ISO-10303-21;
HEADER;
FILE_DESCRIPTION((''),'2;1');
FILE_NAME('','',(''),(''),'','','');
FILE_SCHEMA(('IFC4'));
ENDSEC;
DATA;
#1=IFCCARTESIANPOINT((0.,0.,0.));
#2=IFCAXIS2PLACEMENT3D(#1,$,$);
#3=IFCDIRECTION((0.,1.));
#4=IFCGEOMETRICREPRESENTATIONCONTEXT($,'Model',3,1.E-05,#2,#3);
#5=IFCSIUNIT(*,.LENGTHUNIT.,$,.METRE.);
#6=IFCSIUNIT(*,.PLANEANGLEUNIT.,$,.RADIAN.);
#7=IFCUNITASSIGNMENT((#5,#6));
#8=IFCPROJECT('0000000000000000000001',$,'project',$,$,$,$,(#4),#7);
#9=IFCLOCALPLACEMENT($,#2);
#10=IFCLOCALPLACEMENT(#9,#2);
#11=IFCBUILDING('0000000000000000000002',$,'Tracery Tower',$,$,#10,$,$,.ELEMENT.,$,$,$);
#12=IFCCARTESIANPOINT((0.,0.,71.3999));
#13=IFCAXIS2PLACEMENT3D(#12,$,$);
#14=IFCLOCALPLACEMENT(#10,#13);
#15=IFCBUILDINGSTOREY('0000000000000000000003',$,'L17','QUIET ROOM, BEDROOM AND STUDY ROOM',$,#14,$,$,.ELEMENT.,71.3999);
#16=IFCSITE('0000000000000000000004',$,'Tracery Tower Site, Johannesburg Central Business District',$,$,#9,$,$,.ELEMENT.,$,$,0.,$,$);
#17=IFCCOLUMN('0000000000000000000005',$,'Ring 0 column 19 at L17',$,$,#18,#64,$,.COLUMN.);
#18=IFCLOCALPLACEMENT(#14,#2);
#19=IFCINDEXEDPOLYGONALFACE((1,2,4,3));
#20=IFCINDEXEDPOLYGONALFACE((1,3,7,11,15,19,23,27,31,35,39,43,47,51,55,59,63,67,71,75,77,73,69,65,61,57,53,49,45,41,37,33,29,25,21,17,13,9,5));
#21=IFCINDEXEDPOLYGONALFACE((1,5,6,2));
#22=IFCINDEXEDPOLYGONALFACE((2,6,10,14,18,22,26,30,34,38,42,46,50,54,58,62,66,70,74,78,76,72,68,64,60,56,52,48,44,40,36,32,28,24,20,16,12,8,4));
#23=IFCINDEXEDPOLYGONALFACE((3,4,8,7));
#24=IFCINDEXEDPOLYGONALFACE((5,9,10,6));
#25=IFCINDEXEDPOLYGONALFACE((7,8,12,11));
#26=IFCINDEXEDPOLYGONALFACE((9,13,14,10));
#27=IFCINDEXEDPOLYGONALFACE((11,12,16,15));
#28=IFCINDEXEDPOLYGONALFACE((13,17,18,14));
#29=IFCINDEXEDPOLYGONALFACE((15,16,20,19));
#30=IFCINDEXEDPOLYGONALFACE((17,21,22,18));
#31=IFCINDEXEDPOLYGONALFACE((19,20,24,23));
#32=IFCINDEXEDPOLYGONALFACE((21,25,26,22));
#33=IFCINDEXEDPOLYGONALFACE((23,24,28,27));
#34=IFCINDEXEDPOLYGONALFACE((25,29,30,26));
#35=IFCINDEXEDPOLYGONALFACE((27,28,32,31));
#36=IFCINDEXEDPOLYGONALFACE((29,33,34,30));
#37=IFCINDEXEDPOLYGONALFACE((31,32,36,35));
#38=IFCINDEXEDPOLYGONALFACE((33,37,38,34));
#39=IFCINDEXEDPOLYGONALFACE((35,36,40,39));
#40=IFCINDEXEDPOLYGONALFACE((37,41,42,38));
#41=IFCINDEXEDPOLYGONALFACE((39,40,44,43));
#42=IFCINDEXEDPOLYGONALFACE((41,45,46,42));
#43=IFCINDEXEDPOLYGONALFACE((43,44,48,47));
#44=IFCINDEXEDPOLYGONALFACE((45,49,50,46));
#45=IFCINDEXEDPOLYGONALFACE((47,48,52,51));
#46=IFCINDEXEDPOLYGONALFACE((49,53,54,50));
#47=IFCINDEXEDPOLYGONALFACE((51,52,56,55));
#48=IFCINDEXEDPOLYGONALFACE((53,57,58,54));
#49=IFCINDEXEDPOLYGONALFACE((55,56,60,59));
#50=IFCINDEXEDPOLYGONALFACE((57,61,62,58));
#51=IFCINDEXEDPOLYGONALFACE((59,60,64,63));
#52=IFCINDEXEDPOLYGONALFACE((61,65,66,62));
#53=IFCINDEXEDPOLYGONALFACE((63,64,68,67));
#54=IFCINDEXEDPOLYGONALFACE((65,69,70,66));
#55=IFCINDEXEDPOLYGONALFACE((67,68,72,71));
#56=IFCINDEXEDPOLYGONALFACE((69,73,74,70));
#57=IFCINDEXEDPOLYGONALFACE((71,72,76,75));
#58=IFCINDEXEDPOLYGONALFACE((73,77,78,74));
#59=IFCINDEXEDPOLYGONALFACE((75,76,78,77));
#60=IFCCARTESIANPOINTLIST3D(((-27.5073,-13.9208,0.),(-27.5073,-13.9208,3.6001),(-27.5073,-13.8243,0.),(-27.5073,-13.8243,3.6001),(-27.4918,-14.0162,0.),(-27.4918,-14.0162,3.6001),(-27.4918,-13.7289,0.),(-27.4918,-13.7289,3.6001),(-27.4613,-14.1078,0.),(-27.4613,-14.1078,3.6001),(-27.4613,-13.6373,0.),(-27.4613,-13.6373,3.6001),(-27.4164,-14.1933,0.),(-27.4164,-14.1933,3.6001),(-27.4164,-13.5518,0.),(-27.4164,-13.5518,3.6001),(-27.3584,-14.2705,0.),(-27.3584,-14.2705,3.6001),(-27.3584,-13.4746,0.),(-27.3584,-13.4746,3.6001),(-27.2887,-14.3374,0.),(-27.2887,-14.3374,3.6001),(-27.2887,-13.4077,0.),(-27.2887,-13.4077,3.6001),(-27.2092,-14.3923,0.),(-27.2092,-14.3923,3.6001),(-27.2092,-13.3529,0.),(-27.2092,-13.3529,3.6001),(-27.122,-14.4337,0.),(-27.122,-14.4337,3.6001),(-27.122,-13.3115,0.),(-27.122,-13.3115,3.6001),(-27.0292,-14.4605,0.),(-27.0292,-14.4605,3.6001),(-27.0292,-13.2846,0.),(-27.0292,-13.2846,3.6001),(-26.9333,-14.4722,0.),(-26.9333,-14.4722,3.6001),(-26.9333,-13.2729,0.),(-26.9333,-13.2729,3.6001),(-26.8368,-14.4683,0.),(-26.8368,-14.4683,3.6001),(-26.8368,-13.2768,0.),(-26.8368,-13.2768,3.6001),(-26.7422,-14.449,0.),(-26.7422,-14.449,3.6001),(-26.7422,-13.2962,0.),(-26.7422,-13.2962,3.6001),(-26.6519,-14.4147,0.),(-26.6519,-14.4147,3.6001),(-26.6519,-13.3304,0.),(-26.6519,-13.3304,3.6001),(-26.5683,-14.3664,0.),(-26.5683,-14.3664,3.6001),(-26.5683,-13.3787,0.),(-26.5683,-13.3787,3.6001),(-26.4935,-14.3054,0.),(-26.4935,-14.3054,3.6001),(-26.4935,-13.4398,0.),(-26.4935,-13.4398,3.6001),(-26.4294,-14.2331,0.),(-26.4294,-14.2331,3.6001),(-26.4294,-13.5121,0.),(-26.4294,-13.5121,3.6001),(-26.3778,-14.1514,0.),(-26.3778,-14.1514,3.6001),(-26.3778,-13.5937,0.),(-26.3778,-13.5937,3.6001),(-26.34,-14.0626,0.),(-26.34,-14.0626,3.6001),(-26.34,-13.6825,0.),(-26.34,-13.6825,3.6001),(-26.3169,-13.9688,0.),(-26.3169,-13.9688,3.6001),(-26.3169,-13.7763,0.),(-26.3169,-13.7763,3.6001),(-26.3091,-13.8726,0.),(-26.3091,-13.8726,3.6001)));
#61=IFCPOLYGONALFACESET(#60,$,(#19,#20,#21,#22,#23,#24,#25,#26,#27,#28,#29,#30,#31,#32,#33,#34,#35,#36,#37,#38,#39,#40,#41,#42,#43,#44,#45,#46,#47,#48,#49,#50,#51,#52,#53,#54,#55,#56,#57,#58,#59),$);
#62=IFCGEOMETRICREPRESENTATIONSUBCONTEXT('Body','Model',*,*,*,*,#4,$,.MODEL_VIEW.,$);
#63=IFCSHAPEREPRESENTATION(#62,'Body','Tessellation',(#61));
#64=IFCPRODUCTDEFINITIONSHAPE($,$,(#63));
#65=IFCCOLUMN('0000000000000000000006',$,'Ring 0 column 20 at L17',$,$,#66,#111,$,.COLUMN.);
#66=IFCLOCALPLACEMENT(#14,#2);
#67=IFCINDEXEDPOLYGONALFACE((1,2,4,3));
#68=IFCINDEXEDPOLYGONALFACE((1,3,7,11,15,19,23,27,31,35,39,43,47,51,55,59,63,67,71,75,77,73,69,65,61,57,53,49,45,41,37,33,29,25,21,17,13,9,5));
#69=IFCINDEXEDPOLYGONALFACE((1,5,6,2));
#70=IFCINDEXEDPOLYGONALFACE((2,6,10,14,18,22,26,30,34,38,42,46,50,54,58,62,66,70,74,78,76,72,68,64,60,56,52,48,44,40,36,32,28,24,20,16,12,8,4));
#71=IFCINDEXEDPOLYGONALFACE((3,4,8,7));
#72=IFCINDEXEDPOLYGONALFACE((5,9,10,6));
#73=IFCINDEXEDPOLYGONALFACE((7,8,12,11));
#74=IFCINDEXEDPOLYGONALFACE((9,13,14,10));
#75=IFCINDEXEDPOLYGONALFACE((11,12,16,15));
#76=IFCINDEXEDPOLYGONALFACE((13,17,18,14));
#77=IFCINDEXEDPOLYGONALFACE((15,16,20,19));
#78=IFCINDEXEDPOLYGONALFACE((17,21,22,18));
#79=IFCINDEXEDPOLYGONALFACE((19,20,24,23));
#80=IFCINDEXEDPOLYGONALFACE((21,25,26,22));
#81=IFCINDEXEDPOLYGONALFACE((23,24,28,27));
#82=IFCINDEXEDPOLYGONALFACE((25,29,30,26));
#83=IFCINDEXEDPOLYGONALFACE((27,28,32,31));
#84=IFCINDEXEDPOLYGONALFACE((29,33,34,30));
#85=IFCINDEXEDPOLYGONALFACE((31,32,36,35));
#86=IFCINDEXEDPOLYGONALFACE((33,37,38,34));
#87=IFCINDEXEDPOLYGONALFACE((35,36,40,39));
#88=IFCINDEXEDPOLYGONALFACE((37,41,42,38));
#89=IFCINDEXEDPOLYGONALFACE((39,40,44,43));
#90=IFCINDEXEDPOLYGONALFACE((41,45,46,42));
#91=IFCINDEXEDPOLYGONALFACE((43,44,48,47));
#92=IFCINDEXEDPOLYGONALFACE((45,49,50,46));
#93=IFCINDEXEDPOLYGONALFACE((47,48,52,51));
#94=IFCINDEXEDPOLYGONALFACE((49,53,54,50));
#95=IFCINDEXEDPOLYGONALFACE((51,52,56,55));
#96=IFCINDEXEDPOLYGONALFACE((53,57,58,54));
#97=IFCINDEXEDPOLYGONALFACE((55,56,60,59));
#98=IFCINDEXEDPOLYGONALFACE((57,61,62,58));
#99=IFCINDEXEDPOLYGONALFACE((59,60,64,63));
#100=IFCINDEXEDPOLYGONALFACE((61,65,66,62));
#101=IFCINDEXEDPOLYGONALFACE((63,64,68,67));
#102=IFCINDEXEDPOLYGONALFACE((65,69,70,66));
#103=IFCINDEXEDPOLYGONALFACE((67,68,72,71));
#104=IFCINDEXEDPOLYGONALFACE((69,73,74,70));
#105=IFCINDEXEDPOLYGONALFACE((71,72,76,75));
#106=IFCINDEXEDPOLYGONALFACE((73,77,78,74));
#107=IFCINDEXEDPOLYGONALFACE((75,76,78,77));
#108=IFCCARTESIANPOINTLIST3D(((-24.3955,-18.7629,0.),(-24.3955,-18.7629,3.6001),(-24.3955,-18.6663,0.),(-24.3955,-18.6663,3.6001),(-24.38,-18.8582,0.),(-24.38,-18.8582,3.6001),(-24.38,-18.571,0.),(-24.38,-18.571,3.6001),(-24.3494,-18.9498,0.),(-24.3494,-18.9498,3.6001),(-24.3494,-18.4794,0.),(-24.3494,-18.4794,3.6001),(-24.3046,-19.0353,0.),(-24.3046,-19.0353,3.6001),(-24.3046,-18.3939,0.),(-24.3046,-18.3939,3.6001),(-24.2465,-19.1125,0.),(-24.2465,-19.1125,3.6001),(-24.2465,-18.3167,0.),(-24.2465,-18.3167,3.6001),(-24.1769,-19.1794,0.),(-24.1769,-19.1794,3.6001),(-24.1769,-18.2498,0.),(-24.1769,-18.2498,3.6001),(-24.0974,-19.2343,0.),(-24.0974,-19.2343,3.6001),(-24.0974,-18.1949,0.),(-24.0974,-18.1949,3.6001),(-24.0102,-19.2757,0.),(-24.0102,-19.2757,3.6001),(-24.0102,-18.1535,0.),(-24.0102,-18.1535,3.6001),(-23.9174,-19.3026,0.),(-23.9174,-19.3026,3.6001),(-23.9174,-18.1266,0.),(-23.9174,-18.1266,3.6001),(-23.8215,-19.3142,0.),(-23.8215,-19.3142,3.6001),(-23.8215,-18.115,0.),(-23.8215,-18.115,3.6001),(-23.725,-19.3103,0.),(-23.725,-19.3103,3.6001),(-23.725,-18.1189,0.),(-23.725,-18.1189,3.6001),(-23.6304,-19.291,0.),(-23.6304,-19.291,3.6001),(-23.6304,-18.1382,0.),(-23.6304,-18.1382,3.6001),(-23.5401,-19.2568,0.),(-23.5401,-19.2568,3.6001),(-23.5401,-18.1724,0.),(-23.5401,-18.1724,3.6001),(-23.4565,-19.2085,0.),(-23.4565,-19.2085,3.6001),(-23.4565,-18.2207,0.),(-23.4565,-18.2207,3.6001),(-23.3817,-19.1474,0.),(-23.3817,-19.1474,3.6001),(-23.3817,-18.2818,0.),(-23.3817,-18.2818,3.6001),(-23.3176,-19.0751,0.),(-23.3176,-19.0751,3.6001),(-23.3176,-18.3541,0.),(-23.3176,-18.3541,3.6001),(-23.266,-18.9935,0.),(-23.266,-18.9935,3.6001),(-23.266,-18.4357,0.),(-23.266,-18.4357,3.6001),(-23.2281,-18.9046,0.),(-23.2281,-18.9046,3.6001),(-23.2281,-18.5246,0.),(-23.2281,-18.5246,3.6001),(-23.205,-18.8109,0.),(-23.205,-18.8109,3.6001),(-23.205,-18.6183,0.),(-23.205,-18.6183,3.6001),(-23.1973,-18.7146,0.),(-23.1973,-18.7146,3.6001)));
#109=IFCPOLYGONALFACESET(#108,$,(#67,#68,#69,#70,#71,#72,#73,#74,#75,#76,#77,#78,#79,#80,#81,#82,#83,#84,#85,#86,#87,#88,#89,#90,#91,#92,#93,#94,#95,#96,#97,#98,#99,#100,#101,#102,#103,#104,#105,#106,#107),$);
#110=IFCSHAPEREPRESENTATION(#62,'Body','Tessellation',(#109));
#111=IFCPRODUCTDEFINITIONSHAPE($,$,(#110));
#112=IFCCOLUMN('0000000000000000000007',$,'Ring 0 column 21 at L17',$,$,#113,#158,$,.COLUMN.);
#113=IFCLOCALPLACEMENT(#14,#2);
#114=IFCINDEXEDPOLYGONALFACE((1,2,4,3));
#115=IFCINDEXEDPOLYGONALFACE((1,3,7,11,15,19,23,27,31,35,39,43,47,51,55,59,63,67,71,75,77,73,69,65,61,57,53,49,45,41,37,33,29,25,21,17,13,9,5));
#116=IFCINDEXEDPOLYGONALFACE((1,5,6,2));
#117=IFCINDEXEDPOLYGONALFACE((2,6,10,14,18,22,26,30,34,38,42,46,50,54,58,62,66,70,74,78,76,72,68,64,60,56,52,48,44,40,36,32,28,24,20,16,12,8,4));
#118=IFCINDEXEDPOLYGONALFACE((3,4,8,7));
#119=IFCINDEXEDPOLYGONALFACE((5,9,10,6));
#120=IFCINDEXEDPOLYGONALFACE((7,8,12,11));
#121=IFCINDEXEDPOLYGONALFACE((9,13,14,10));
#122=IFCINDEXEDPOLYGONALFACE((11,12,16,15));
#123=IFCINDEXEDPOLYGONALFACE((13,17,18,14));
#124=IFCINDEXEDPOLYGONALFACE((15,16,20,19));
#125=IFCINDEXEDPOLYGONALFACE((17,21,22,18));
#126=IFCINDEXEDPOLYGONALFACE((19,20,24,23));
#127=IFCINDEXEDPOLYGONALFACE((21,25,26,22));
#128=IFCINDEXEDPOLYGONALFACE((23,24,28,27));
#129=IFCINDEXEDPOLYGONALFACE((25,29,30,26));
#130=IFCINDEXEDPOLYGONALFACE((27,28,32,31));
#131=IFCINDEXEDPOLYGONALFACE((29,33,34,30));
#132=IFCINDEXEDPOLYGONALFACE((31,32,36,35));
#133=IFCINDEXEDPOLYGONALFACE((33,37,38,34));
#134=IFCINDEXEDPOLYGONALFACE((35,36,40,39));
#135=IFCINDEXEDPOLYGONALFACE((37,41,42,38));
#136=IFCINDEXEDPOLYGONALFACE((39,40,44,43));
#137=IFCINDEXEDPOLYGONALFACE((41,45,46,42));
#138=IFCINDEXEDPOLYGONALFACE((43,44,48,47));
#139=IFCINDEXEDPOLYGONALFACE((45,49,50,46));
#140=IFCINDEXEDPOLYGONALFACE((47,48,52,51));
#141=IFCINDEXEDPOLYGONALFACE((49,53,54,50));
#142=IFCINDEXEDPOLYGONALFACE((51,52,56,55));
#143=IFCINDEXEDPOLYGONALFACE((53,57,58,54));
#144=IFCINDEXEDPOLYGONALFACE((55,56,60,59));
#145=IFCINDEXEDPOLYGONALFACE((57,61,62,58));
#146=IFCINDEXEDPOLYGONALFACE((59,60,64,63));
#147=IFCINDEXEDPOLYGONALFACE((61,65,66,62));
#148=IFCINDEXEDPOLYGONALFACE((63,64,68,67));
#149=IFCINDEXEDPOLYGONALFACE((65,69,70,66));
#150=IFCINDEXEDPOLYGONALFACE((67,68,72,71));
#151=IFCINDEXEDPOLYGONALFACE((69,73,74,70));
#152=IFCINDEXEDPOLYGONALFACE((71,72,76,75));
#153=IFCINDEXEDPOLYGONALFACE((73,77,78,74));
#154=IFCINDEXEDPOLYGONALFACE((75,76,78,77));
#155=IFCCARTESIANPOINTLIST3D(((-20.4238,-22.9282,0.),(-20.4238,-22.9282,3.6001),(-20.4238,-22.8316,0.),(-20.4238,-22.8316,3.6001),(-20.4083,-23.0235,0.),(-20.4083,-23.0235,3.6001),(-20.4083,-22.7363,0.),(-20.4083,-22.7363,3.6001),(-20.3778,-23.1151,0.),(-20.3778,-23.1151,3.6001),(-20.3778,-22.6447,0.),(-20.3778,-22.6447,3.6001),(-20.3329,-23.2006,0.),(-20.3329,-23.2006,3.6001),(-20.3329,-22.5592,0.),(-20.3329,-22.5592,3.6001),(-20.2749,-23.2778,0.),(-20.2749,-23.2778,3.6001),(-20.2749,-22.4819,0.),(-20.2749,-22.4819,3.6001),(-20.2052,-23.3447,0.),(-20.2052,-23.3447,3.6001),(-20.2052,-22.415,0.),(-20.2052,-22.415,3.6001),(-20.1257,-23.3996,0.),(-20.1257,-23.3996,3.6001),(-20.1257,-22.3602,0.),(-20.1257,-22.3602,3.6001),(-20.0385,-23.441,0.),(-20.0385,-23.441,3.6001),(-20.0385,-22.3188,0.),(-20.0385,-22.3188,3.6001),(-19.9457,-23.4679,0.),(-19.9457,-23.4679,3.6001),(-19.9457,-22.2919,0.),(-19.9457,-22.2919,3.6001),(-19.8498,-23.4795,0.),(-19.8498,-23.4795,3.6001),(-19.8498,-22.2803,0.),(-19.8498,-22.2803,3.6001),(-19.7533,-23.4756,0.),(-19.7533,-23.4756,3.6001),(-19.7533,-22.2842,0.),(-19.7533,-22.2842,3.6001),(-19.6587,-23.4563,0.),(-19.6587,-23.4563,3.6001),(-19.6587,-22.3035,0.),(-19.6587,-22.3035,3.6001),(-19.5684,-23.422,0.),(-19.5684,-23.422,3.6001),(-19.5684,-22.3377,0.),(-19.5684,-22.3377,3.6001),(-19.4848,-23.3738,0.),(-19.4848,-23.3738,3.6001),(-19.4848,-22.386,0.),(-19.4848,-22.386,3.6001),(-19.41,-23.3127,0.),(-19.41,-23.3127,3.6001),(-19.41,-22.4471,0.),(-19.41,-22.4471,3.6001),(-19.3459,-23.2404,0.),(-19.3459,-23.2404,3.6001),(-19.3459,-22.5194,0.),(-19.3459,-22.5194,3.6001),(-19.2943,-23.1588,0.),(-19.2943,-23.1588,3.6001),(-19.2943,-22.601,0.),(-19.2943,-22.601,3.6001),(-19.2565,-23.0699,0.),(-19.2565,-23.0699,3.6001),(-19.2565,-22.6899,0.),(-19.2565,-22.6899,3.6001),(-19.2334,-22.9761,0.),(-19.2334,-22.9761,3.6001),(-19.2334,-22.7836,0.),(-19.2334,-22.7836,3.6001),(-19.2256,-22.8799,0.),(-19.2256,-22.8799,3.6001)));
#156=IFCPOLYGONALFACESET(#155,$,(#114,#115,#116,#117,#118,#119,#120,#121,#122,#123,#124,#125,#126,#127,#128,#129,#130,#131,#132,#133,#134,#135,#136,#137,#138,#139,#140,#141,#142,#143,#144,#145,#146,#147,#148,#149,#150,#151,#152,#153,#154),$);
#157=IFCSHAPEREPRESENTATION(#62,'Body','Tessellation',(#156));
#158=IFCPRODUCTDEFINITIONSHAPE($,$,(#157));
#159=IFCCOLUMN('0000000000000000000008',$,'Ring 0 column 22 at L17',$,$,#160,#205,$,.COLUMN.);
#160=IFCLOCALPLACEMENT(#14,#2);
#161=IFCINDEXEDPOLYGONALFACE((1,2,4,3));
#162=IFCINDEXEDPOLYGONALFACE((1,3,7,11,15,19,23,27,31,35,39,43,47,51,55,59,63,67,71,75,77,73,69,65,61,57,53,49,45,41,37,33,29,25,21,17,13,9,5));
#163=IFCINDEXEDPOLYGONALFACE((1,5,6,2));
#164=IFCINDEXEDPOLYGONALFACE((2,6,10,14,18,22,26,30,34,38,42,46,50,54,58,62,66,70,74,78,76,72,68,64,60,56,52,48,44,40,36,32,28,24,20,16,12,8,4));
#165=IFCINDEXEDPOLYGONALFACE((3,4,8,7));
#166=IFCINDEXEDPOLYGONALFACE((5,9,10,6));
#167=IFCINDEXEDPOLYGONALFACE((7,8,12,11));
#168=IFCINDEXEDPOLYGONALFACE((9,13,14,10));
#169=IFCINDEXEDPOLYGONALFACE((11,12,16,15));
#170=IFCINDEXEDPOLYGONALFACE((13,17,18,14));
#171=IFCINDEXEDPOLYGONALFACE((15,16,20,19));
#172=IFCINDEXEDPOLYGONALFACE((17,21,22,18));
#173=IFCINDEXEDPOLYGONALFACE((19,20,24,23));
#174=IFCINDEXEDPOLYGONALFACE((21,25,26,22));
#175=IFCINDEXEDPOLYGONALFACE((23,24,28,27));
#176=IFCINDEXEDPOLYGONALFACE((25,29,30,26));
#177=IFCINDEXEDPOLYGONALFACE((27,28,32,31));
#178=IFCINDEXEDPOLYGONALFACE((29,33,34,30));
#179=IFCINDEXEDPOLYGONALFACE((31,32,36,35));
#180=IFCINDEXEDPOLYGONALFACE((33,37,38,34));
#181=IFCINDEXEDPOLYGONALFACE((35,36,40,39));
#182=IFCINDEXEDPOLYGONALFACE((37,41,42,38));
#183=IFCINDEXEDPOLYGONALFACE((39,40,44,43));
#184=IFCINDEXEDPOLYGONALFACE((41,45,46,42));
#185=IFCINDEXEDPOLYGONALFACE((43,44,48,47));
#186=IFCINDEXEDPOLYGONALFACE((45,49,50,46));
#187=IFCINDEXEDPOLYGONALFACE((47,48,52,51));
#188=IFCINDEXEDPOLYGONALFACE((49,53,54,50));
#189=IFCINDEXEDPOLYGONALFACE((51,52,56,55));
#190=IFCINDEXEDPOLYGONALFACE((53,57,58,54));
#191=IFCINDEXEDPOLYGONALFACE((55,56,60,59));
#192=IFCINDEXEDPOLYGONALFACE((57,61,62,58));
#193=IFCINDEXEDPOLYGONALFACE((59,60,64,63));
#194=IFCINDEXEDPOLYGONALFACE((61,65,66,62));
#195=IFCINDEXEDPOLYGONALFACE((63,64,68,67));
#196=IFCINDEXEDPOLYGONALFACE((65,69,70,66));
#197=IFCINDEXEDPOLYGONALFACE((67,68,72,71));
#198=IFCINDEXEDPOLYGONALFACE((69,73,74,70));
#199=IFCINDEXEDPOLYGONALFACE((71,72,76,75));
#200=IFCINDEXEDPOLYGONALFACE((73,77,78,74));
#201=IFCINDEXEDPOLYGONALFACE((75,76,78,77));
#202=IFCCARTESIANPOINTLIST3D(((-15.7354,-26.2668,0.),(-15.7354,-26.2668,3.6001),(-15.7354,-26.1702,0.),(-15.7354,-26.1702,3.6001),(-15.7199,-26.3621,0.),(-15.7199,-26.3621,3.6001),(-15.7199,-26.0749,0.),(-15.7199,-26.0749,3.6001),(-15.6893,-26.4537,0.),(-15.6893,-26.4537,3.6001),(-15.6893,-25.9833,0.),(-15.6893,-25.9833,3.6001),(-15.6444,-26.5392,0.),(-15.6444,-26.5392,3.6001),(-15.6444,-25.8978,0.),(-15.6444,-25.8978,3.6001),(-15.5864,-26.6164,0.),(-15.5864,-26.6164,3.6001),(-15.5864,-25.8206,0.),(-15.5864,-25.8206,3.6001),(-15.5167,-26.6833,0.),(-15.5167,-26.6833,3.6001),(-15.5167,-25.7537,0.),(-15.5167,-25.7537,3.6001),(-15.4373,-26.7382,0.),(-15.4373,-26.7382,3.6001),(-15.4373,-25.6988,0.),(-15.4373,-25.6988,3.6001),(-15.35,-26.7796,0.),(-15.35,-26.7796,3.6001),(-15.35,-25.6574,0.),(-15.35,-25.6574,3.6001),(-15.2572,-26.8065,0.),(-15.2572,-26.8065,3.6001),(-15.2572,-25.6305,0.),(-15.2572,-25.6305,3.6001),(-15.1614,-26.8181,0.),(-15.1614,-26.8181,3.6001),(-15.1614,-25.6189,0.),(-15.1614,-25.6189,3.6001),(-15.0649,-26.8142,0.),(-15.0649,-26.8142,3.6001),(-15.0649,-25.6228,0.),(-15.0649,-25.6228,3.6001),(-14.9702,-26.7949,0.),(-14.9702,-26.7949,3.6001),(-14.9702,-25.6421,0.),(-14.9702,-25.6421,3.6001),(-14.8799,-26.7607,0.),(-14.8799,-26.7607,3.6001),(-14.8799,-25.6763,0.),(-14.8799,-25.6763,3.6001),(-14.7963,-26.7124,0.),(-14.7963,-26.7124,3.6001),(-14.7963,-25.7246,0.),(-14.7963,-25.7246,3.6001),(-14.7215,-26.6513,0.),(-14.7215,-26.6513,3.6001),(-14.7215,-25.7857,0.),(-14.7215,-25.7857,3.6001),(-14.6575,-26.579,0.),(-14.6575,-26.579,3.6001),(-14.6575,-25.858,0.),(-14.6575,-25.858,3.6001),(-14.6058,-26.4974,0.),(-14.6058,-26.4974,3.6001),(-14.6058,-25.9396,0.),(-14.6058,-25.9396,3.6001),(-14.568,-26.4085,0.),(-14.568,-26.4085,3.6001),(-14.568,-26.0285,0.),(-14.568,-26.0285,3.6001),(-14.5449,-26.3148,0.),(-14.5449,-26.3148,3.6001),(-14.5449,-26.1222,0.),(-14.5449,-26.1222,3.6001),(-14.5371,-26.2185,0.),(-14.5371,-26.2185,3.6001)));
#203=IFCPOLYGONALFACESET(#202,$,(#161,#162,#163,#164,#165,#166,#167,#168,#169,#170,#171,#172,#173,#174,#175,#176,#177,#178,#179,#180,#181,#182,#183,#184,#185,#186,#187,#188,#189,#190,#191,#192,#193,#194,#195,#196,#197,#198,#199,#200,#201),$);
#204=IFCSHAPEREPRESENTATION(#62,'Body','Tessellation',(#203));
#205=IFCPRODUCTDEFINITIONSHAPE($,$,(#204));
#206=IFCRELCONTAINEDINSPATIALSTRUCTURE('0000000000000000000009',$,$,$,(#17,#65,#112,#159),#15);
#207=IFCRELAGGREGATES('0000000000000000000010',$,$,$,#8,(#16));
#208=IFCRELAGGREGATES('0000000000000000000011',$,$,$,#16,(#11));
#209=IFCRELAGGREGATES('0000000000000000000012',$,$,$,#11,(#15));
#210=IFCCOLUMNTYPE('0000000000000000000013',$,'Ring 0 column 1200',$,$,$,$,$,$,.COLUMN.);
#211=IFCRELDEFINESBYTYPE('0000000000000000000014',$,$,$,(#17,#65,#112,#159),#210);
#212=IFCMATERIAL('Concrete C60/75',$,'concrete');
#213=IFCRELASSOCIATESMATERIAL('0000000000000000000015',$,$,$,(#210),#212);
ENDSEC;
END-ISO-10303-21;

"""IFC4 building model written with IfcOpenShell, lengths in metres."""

from ifc_helpers import new_model, si_unit, direction, frame, origin, origin_2d, place, context, subcontext, project, spatial, circle, extrude, material, material_profile, profile_set, type_object, element, save


model = new_model("IFC4")

# Units and contexts
model_context = context("Model", 3, precision=1e-05, world=origin(), true_north=direction((0.0, 1.0)))
body_context = subcontext(model_context, "Body", "Model", "MODEL_VIEW")
ifc_project = project(units=[si_unit("LENGTHUNIT", "METRE"), si_unit("PLANEANGLEUNIT", "RADIAN")], contexts=[model_context])

# Site, building, storey
site_placement = place(None, origin())
site = spatial("IfcSite", under=ifc_project, at=site_placement, Name="Tracery Tower Site, Johannesburg Central Business District", CompositionType="ELEMENT", RefElevation=0.0)
building_placement = place(site_placement, origin())
building = spatial("IfcBuilding", under=site, at=building_placement, Name="Tracery Tower", CompositionType="ELEMENT")
storey_placement = place(building_placement, frame((0.0, 0.0, 71.3999)))
storey = spatial("IfcBuildingStorey", under=building, at=storey_placement, Name="L17", Description="QUIET ROOM, BEDROOM AND STUDY ROOM", CompositionType="ELEMENT", Elevation=71.3999)

# Columns
ifc_material_1 = material(Name="Concrete C60/75", Category="concrete")
ifc_material_profile_1 = material_profile(ifc_material_1, circle(Radius=0.6001, at=origin_2d()), Name="RC D1200")
ifc_profile_set_1 = profile_set([ifc_material_profile_1], Name="Concrete C60/75")
column_type_1 = type_object("IfcColumnType", Name="Ring 0 column 1200", PredefinedType="COLUMN", material=ifc_profile_set_1)
for number, where, z_axis, x_axis, name in (
    (1, (-26.9092, -13.8726, 0.0), (0.0, 0.0, 1.0), (1.0, 0.0, 0.0), "Ring 0 column 19 at L17"),
    (2, (-23.7974, -18.7146, 0.0), (0.0, 0.0, 1.0), (1.0, 0.0, 0.0), "Ring 0 column 20 at L17"),
    (3, (-19.8257, -22.8799, 0.0), (0.0, 0.0, 1.0), (1.0, 0.0, 0.0), "Ring 0 column 21 at L17"),
    (4, (-15.1372, -26.2185, 0.0), (0.0, 0.0, 1.0), (1.0, 0.0, 0.0), "Ring 0 column 22 at L17"),
):
    element("IfcColumn", number, at=place(storey_placement, frame(where, z_axis=z_axis, x_axis=x_axis)), inside=storey, type_object=column_type_1, Name=name, PredefinedType="COLUMN", context=body_context, shape_type="SweptSolid", body=[
        extrude(circle(Radius=0.6001, at=origin_2d()), origin(), (0.0, 0.0, 1.0), 3.6001),
    ])

save(model, "model.ifc")
